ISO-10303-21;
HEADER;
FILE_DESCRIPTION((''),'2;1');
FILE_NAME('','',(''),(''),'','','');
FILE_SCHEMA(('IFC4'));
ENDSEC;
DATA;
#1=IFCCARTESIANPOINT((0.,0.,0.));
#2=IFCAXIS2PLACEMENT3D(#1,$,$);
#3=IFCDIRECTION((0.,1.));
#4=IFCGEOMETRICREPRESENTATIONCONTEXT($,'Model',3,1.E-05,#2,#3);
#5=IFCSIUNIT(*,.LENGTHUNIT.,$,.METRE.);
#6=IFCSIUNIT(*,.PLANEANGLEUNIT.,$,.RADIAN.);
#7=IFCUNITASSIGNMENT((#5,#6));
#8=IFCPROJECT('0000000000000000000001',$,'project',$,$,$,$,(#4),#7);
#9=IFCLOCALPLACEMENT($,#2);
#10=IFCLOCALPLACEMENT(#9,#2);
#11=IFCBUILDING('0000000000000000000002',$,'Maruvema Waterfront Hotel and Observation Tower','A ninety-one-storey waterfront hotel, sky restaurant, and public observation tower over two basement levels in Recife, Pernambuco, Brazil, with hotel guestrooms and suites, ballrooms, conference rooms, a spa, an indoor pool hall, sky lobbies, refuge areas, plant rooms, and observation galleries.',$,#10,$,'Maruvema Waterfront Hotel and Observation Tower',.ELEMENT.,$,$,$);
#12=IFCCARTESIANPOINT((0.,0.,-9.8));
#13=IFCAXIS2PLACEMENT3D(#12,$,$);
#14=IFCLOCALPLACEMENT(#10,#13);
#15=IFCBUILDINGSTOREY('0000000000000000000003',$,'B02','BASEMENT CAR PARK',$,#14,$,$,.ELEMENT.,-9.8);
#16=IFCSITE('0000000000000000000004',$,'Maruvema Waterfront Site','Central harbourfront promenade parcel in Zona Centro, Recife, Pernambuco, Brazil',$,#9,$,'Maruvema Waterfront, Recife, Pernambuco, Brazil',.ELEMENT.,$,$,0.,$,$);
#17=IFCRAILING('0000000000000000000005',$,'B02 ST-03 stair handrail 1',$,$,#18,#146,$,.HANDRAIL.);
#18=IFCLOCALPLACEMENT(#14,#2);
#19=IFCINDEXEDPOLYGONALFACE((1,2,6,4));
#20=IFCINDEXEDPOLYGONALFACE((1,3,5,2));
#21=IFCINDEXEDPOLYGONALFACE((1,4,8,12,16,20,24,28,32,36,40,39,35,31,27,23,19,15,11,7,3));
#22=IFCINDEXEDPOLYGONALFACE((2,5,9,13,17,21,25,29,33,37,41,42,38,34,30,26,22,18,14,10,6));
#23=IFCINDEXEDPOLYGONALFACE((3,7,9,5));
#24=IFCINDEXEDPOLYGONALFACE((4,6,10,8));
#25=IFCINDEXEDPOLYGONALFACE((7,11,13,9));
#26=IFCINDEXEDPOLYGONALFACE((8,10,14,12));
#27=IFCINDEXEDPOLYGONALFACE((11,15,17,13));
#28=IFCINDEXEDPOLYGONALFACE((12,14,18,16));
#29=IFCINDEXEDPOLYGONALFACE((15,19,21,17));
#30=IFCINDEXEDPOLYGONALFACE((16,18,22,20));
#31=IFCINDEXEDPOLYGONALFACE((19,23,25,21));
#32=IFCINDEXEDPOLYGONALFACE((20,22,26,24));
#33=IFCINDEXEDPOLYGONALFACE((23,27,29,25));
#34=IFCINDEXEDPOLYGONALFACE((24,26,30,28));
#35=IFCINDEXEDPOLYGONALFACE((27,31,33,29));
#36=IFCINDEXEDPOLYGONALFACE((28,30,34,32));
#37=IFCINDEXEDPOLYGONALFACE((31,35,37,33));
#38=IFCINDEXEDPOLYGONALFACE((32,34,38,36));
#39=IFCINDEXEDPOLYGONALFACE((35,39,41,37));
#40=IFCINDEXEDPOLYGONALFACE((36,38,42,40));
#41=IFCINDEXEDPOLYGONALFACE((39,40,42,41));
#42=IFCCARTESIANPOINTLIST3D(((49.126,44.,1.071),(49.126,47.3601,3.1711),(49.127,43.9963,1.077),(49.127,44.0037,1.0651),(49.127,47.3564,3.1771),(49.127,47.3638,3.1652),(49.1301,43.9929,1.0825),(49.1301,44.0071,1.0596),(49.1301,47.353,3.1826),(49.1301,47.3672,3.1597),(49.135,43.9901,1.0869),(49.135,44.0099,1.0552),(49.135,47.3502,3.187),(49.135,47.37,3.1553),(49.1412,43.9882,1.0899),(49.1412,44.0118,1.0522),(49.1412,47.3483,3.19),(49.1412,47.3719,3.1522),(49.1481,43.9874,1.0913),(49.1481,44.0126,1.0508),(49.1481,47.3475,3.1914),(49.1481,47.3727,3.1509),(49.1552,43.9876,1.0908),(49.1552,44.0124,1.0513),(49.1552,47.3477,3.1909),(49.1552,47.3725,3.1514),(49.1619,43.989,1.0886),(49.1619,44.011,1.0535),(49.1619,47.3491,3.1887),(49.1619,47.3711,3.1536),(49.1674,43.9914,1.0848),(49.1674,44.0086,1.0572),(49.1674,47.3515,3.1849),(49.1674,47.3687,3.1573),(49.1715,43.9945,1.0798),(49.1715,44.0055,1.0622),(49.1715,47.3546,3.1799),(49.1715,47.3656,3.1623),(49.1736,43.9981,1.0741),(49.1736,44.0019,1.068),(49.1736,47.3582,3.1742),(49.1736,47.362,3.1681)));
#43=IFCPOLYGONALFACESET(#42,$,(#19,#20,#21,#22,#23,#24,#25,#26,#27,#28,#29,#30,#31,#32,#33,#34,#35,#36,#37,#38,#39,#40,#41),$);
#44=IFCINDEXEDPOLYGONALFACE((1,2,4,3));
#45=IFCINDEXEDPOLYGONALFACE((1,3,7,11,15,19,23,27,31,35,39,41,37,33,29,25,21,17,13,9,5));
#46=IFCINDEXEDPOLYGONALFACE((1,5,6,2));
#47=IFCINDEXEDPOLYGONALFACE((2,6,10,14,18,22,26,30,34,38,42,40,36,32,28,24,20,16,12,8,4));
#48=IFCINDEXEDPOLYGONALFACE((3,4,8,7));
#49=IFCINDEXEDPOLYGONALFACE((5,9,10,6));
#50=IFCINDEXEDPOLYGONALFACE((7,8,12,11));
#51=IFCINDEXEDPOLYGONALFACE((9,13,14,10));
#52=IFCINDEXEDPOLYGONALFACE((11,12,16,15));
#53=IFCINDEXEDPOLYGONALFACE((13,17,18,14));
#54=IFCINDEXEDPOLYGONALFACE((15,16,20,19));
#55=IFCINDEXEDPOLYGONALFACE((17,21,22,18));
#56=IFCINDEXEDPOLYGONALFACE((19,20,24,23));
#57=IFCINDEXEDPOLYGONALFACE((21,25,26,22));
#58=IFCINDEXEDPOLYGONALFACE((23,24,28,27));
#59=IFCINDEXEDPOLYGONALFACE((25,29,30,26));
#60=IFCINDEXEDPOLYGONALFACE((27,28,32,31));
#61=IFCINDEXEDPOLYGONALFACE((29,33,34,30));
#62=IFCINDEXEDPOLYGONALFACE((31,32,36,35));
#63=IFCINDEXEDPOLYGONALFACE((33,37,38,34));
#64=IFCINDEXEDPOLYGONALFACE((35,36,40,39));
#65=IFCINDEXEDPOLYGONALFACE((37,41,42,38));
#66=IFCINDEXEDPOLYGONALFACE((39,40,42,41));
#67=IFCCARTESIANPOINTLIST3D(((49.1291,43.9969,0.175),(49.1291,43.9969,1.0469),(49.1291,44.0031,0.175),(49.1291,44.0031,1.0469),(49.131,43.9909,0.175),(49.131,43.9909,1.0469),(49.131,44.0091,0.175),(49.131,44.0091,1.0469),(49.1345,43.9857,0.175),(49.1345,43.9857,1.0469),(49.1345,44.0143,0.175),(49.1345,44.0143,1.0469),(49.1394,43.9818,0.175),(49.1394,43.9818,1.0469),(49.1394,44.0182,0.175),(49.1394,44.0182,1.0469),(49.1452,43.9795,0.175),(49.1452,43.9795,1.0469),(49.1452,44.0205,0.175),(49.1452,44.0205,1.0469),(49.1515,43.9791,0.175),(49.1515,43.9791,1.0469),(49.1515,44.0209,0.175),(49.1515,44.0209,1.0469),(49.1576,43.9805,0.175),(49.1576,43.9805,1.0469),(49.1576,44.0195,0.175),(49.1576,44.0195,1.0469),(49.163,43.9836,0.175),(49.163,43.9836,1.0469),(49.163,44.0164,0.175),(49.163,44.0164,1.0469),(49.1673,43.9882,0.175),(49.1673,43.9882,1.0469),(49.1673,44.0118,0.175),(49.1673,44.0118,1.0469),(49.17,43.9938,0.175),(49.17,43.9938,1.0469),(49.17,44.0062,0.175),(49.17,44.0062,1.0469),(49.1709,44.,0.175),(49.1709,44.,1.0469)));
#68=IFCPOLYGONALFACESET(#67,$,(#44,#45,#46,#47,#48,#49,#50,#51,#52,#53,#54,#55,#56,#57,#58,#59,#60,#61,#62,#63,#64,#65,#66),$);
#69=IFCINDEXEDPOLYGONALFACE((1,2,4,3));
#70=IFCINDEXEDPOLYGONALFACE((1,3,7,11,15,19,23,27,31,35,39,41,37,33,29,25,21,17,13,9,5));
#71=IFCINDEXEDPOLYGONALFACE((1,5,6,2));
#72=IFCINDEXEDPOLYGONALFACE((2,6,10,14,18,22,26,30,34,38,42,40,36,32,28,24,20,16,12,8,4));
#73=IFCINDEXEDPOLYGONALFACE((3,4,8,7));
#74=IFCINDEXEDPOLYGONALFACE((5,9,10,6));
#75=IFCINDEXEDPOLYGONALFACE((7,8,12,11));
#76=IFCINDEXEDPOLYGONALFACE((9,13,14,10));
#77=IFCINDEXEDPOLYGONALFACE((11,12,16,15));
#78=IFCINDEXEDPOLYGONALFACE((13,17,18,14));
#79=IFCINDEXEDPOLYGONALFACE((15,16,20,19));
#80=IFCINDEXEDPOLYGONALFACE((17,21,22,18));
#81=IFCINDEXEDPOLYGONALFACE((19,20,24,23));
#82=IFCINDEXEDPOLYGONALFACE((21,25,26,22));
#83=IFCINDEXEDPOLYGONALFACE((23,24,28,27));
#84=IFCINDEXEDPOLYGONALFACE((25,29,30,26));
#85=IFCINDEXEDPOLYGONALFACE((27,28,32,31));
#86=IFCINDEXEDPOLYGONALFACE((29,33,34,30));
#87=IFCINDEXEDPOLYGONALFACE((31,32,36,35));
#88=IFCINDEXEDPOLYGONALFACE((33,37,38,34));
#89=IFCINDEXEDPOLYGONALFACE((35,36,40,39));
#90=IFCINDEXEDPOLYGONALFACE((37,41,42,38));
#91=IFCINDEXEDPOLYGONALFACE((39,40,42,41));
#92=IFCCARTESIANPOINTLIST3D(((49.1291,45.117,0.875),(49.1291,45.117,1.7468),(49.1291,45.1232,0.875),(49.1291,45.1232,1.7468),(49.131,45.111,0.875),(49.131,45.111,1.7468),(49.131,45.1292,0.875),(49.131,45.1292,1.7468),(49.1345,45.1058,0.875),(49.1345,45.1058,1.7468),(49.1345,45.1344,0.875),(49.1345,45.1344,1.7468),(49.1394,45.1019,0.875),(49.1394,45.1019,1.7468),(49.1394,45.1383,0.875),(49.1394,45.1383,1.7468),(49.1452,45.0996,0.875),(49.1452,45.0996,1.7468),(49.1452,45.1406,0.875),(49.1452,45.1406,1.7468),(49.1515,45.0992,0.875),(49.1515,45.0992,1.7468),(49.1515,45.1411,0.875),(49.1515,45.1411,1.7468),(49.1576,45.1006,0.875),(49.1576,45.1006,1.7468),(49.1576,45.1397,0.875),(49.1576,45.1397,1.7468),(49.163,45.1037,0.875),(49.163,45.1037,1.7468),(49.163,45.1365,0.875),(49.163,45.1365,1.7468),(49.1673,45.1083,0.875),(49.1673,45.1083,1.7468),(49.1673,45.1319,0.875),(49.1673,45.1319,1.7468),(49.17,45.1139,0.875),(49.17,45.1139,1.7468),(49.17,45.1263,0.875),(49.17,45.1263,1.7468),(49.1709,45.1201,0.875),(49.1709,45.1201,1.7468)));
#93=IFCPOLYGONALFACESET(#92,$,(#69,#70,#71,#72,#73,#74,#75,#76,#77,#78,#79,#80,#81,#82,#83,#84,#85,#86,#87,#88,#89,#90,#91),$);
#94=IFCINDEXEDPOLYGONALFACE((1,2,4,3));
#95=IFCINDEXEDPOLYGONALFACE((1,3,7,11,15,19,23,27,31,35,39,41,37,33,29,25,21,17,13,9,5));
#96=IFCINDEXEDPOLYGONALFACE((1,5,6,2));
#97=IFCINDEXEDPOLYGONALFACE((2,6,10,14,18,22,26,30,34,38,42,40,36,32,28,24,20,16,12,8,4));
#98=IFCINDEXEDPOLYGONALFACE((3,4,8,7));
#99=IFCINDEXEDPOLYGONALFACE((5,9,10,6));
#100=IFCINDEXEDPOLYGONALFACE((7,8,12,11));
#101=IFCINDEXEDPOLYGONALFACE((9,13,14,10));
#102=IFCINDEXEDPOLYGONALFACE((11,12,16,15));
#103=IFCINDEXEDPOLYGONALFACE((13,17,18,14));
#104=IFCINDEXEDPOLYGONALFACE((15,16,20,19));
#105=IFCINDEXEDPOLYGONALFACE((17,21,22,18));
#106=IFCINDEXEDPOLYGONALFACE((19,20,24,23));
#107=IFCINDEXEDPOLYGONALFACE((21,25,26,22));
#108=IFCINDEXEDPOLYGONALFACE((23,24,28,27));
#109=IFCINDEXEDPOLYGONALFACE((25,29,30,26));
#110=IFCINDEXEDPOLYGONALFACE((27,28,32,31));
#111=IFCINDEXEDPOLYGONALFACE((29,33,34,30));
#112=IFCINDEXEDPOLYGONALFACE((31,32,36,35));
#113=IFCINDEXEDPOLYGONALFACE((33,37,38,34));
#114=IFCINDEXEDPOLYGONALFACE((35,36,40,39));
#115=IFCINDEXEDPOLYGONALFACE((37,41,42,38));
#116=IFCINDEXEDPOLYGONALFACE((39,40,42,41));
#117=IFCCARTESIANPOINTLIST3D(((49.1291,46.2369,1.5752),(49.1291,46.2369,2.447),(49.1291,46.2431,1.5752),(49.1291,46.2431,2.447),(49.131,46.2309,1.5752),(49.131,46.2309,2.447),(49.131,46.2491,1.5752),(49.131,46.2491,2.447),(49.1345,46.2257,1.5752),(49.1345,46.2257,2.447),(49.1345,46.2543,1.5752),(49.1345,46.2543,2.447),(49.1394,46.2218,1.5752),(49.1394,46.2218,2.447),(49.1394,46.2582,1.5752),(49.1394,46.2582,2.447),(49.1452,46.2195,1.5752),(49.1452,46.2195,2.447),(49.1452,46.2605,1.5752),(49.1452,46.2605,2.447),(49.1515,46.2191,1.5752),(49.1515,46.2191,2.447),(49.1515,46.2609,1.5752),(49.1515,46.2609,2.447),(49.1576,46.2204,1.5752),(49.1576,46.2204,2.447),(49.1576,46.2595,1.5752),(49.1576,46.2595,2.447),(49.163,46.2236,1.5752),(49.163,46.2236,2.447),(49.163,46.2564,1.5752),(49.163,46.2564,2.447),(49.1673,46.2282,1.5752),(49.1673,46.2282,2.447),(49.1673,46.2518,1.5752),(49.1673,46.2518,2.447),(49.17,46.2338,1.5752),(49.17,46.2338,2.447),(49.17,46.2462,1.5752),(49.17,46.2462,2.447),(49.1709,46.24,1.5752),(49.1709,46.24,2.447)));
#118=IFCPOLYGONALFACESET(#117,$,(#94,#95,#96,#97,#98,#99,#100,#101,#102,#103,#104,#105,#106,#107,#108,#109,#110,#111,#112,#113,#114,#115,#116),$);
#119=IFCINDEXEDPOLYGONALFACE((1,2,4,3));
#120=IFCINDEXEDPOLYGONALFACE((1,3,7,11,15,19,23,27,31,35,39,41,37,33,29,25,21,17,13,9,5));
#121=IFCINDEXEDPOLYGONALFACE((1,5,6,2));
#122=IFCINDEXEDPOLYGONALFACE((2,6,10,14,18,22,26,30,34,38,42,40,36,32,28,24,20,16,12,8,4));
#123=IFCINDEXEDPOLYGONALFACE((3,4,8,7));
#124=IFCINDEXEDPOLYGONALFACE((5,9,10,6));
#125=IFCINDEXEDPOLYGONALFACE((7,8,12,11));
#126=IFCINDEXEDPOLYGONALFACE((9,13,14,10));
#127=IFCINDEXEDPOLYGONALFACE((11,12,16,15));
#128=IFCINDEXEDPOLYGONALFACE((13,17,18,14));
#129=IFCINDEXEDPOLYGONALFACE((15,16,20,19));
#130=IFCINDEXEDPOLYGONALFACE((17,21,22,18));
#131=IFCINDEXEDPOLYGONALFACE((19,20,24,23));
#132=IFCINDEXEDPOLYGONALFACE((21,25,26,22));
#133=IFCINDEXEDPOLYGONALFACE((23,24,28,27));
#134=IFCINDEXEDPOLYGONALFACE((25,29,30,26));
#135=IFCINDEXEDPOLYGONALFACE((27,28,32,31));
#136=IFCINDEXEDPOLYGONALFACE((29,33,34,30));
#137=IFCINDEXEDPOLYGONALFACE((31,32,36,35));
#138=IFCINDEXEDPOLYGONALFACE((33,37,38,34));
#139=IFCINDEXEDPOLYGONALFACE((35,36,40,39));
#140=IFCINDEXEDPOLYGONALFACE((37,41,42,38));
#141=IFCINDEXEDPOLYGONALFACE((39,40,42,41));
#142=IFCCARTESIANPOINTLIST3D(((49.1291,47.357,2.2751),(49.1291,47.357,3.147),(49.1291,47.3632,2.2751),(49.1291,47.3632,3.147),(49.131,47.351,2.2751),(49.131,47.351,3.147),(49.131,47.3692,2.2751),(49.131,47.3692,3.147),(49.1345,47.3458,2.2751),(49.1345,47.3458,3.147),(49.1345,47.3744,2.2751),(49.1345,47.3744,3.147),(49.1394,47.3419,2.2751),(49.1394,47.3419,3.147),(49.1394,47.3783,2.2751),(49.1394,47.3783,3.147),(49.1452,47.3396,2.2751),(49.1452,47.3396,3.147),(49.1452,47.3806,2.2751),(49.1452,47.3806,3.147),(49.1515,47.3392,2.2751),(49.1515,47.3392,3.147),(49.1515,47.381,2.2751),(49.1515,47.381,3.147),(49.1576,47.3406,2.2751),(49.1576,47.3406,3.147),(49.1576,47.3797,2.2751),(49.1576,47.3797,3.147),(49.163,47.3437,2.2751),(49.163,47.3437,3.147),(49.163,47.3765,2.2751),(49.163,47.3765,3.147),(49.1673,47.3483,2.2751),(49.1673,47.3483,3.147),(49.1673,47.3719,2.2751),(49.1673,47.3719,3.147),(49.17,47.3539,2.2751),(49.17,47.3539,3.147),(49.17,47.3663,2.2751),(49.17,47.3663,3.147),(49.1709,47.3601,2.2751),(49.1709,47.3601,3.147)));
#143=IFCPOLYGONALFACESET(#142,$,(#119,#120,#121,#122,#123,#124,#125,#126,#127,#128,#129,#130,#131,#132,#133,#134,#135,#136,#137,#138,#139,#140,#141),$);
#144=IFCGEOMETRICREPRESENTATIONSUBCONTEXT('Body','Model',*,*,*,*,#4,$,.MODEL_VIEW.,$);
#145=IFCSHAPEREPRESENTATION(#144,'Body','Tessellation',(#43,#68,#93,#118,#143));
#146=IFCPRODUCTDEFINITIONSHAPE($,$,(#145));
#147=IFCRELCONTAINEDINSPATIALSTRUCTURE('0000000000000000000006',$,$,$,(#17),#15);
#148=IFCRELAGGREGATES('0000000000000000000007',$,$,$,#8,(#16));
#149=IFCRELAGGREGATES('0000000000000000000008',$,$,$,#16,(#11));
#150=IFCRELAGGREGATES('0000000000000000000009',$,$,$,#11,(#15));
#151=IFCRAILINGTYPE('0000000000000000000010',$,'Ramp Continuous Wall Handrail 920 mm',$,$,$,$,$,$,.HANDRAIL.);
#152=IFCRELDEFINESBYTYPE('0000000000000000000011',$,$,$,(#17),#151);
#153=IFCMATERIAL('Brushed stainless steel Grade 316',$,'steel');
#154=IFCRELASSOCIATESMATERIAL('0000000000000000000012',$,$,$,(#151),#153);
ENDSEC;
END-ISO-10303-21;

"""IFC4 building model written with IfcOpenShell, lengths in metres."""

from ifc_helpers import new_model, si_unit, direction, frame, origin, origin_2d, place, context, subcontext, project, spatial, circle, extrude, material, type_object, element, save


model = new_model("IFC4")

# Units and contexts
model_context = context("Model", 3, precision=1e-05, world=origin(), true_north=direction((0.0, 1.0)))
body_context = subcontext(model_context, "Body", "Model", "MODEL_VIEW")
ifc_project = project(units=[si_unit("LENGTHUNIT", "METRE"), si_unit("PLANEANGLEUNIT", "RADIAN")], contexts=[model_context])

# Site, building, storey
site_placement = place(None, origin())
site = spatial("IfcSite", under=ifc_project, at=site_placement, Name="Maruvema Waterfront Site", Description="Central harbourfront promenade parcel in Zona Centro, Recife, Pernambuco, Brazil", LongName="Maruvema Waterfront, Recife, Pernambuco, Brazil", CompositionType="ELEMENT", RefElevation=0.0)
building_placement = place(site_placement, origin())
building = spatial("IfcBuilding", under=site, at=building_placement, Name="Maruvema Waterfront Hotel and Observation Tower", Description="A ninety-one-storey waterfront hotel, sky restaurant, and public observation tower over two basement levels in Recife, Pernambuco, Brazil, with hotel guestrooms and suites, ballrooms, conference rooms, a spa, an indoor pool hall, sky lobbies, refuge areas, plant rooms, and observation galleries.", LongName="Maruvema Waterfront Hotel and Observation Tower", CompositionType="ELEMENT")
storey_placement = place(building_placement, frame((0.0, 0.0, -9.8)))
storey = spatial("IfcBuildingStorey", under=building, at=storey_placement, Name="B02", Description="BASEMENT CAR PARK", CompositionType="ELEMENT", Elevation=-9.8)

# Railing
ifc_material_1 = material(Name="Brushed stainless steel Grade 316", Category="steel")
railing_type_1 = type_object("IfcRailingType", Name="Ramp Continuous Wall Handrail 920 mm", PredefinedType="HANDRAIL", material=ifc_material_1)
railing_1_placement = place(storey_placement, frame((49.1499, 44.0, 0.175)))
element("IfcRailing", 1, at=railing_1_placement, inside=storey, type_object=railing_type_1, Name="B02 ST-03 stair handrail 1", PredefinedType="HANDRAIL", context=body_context, shape_type="SweptSolid", body=[
    extrude(circle(Radius=0.0239, at=origin_2d()), frame((0.0, 0.0, 0.896), z_axis=(0.0, 0.847995, 0.530004), x_axis=(-1.0, 0.0, 0.0)), (0.0, 0.0, 1.0), 3.9624),
    extrude(circle(Radius=0.021, at=origin_2d()), origin(), (0.0, 0.0, 1.0), 0.8718),
    extrude(circle(Radius=0.021, at=origin_2d()), frame((0.0, 1.1201, 0.7)), (0.0, 0.0, 1.0), 0.8718),
    extrude(circle(Radius=0.021, at=origin_2d()), frame((0.0, 2.24, 1.4001)), (0.0, 0.0, 1.0), 0.8718),
    extrude(circle(Radius=0.021, at=origin_2d()), frame((0.0, 3.3601, 2.1001)), (0.0, 0.0, 1.0), 0.8718),
])

save(model, "model.ifc")
